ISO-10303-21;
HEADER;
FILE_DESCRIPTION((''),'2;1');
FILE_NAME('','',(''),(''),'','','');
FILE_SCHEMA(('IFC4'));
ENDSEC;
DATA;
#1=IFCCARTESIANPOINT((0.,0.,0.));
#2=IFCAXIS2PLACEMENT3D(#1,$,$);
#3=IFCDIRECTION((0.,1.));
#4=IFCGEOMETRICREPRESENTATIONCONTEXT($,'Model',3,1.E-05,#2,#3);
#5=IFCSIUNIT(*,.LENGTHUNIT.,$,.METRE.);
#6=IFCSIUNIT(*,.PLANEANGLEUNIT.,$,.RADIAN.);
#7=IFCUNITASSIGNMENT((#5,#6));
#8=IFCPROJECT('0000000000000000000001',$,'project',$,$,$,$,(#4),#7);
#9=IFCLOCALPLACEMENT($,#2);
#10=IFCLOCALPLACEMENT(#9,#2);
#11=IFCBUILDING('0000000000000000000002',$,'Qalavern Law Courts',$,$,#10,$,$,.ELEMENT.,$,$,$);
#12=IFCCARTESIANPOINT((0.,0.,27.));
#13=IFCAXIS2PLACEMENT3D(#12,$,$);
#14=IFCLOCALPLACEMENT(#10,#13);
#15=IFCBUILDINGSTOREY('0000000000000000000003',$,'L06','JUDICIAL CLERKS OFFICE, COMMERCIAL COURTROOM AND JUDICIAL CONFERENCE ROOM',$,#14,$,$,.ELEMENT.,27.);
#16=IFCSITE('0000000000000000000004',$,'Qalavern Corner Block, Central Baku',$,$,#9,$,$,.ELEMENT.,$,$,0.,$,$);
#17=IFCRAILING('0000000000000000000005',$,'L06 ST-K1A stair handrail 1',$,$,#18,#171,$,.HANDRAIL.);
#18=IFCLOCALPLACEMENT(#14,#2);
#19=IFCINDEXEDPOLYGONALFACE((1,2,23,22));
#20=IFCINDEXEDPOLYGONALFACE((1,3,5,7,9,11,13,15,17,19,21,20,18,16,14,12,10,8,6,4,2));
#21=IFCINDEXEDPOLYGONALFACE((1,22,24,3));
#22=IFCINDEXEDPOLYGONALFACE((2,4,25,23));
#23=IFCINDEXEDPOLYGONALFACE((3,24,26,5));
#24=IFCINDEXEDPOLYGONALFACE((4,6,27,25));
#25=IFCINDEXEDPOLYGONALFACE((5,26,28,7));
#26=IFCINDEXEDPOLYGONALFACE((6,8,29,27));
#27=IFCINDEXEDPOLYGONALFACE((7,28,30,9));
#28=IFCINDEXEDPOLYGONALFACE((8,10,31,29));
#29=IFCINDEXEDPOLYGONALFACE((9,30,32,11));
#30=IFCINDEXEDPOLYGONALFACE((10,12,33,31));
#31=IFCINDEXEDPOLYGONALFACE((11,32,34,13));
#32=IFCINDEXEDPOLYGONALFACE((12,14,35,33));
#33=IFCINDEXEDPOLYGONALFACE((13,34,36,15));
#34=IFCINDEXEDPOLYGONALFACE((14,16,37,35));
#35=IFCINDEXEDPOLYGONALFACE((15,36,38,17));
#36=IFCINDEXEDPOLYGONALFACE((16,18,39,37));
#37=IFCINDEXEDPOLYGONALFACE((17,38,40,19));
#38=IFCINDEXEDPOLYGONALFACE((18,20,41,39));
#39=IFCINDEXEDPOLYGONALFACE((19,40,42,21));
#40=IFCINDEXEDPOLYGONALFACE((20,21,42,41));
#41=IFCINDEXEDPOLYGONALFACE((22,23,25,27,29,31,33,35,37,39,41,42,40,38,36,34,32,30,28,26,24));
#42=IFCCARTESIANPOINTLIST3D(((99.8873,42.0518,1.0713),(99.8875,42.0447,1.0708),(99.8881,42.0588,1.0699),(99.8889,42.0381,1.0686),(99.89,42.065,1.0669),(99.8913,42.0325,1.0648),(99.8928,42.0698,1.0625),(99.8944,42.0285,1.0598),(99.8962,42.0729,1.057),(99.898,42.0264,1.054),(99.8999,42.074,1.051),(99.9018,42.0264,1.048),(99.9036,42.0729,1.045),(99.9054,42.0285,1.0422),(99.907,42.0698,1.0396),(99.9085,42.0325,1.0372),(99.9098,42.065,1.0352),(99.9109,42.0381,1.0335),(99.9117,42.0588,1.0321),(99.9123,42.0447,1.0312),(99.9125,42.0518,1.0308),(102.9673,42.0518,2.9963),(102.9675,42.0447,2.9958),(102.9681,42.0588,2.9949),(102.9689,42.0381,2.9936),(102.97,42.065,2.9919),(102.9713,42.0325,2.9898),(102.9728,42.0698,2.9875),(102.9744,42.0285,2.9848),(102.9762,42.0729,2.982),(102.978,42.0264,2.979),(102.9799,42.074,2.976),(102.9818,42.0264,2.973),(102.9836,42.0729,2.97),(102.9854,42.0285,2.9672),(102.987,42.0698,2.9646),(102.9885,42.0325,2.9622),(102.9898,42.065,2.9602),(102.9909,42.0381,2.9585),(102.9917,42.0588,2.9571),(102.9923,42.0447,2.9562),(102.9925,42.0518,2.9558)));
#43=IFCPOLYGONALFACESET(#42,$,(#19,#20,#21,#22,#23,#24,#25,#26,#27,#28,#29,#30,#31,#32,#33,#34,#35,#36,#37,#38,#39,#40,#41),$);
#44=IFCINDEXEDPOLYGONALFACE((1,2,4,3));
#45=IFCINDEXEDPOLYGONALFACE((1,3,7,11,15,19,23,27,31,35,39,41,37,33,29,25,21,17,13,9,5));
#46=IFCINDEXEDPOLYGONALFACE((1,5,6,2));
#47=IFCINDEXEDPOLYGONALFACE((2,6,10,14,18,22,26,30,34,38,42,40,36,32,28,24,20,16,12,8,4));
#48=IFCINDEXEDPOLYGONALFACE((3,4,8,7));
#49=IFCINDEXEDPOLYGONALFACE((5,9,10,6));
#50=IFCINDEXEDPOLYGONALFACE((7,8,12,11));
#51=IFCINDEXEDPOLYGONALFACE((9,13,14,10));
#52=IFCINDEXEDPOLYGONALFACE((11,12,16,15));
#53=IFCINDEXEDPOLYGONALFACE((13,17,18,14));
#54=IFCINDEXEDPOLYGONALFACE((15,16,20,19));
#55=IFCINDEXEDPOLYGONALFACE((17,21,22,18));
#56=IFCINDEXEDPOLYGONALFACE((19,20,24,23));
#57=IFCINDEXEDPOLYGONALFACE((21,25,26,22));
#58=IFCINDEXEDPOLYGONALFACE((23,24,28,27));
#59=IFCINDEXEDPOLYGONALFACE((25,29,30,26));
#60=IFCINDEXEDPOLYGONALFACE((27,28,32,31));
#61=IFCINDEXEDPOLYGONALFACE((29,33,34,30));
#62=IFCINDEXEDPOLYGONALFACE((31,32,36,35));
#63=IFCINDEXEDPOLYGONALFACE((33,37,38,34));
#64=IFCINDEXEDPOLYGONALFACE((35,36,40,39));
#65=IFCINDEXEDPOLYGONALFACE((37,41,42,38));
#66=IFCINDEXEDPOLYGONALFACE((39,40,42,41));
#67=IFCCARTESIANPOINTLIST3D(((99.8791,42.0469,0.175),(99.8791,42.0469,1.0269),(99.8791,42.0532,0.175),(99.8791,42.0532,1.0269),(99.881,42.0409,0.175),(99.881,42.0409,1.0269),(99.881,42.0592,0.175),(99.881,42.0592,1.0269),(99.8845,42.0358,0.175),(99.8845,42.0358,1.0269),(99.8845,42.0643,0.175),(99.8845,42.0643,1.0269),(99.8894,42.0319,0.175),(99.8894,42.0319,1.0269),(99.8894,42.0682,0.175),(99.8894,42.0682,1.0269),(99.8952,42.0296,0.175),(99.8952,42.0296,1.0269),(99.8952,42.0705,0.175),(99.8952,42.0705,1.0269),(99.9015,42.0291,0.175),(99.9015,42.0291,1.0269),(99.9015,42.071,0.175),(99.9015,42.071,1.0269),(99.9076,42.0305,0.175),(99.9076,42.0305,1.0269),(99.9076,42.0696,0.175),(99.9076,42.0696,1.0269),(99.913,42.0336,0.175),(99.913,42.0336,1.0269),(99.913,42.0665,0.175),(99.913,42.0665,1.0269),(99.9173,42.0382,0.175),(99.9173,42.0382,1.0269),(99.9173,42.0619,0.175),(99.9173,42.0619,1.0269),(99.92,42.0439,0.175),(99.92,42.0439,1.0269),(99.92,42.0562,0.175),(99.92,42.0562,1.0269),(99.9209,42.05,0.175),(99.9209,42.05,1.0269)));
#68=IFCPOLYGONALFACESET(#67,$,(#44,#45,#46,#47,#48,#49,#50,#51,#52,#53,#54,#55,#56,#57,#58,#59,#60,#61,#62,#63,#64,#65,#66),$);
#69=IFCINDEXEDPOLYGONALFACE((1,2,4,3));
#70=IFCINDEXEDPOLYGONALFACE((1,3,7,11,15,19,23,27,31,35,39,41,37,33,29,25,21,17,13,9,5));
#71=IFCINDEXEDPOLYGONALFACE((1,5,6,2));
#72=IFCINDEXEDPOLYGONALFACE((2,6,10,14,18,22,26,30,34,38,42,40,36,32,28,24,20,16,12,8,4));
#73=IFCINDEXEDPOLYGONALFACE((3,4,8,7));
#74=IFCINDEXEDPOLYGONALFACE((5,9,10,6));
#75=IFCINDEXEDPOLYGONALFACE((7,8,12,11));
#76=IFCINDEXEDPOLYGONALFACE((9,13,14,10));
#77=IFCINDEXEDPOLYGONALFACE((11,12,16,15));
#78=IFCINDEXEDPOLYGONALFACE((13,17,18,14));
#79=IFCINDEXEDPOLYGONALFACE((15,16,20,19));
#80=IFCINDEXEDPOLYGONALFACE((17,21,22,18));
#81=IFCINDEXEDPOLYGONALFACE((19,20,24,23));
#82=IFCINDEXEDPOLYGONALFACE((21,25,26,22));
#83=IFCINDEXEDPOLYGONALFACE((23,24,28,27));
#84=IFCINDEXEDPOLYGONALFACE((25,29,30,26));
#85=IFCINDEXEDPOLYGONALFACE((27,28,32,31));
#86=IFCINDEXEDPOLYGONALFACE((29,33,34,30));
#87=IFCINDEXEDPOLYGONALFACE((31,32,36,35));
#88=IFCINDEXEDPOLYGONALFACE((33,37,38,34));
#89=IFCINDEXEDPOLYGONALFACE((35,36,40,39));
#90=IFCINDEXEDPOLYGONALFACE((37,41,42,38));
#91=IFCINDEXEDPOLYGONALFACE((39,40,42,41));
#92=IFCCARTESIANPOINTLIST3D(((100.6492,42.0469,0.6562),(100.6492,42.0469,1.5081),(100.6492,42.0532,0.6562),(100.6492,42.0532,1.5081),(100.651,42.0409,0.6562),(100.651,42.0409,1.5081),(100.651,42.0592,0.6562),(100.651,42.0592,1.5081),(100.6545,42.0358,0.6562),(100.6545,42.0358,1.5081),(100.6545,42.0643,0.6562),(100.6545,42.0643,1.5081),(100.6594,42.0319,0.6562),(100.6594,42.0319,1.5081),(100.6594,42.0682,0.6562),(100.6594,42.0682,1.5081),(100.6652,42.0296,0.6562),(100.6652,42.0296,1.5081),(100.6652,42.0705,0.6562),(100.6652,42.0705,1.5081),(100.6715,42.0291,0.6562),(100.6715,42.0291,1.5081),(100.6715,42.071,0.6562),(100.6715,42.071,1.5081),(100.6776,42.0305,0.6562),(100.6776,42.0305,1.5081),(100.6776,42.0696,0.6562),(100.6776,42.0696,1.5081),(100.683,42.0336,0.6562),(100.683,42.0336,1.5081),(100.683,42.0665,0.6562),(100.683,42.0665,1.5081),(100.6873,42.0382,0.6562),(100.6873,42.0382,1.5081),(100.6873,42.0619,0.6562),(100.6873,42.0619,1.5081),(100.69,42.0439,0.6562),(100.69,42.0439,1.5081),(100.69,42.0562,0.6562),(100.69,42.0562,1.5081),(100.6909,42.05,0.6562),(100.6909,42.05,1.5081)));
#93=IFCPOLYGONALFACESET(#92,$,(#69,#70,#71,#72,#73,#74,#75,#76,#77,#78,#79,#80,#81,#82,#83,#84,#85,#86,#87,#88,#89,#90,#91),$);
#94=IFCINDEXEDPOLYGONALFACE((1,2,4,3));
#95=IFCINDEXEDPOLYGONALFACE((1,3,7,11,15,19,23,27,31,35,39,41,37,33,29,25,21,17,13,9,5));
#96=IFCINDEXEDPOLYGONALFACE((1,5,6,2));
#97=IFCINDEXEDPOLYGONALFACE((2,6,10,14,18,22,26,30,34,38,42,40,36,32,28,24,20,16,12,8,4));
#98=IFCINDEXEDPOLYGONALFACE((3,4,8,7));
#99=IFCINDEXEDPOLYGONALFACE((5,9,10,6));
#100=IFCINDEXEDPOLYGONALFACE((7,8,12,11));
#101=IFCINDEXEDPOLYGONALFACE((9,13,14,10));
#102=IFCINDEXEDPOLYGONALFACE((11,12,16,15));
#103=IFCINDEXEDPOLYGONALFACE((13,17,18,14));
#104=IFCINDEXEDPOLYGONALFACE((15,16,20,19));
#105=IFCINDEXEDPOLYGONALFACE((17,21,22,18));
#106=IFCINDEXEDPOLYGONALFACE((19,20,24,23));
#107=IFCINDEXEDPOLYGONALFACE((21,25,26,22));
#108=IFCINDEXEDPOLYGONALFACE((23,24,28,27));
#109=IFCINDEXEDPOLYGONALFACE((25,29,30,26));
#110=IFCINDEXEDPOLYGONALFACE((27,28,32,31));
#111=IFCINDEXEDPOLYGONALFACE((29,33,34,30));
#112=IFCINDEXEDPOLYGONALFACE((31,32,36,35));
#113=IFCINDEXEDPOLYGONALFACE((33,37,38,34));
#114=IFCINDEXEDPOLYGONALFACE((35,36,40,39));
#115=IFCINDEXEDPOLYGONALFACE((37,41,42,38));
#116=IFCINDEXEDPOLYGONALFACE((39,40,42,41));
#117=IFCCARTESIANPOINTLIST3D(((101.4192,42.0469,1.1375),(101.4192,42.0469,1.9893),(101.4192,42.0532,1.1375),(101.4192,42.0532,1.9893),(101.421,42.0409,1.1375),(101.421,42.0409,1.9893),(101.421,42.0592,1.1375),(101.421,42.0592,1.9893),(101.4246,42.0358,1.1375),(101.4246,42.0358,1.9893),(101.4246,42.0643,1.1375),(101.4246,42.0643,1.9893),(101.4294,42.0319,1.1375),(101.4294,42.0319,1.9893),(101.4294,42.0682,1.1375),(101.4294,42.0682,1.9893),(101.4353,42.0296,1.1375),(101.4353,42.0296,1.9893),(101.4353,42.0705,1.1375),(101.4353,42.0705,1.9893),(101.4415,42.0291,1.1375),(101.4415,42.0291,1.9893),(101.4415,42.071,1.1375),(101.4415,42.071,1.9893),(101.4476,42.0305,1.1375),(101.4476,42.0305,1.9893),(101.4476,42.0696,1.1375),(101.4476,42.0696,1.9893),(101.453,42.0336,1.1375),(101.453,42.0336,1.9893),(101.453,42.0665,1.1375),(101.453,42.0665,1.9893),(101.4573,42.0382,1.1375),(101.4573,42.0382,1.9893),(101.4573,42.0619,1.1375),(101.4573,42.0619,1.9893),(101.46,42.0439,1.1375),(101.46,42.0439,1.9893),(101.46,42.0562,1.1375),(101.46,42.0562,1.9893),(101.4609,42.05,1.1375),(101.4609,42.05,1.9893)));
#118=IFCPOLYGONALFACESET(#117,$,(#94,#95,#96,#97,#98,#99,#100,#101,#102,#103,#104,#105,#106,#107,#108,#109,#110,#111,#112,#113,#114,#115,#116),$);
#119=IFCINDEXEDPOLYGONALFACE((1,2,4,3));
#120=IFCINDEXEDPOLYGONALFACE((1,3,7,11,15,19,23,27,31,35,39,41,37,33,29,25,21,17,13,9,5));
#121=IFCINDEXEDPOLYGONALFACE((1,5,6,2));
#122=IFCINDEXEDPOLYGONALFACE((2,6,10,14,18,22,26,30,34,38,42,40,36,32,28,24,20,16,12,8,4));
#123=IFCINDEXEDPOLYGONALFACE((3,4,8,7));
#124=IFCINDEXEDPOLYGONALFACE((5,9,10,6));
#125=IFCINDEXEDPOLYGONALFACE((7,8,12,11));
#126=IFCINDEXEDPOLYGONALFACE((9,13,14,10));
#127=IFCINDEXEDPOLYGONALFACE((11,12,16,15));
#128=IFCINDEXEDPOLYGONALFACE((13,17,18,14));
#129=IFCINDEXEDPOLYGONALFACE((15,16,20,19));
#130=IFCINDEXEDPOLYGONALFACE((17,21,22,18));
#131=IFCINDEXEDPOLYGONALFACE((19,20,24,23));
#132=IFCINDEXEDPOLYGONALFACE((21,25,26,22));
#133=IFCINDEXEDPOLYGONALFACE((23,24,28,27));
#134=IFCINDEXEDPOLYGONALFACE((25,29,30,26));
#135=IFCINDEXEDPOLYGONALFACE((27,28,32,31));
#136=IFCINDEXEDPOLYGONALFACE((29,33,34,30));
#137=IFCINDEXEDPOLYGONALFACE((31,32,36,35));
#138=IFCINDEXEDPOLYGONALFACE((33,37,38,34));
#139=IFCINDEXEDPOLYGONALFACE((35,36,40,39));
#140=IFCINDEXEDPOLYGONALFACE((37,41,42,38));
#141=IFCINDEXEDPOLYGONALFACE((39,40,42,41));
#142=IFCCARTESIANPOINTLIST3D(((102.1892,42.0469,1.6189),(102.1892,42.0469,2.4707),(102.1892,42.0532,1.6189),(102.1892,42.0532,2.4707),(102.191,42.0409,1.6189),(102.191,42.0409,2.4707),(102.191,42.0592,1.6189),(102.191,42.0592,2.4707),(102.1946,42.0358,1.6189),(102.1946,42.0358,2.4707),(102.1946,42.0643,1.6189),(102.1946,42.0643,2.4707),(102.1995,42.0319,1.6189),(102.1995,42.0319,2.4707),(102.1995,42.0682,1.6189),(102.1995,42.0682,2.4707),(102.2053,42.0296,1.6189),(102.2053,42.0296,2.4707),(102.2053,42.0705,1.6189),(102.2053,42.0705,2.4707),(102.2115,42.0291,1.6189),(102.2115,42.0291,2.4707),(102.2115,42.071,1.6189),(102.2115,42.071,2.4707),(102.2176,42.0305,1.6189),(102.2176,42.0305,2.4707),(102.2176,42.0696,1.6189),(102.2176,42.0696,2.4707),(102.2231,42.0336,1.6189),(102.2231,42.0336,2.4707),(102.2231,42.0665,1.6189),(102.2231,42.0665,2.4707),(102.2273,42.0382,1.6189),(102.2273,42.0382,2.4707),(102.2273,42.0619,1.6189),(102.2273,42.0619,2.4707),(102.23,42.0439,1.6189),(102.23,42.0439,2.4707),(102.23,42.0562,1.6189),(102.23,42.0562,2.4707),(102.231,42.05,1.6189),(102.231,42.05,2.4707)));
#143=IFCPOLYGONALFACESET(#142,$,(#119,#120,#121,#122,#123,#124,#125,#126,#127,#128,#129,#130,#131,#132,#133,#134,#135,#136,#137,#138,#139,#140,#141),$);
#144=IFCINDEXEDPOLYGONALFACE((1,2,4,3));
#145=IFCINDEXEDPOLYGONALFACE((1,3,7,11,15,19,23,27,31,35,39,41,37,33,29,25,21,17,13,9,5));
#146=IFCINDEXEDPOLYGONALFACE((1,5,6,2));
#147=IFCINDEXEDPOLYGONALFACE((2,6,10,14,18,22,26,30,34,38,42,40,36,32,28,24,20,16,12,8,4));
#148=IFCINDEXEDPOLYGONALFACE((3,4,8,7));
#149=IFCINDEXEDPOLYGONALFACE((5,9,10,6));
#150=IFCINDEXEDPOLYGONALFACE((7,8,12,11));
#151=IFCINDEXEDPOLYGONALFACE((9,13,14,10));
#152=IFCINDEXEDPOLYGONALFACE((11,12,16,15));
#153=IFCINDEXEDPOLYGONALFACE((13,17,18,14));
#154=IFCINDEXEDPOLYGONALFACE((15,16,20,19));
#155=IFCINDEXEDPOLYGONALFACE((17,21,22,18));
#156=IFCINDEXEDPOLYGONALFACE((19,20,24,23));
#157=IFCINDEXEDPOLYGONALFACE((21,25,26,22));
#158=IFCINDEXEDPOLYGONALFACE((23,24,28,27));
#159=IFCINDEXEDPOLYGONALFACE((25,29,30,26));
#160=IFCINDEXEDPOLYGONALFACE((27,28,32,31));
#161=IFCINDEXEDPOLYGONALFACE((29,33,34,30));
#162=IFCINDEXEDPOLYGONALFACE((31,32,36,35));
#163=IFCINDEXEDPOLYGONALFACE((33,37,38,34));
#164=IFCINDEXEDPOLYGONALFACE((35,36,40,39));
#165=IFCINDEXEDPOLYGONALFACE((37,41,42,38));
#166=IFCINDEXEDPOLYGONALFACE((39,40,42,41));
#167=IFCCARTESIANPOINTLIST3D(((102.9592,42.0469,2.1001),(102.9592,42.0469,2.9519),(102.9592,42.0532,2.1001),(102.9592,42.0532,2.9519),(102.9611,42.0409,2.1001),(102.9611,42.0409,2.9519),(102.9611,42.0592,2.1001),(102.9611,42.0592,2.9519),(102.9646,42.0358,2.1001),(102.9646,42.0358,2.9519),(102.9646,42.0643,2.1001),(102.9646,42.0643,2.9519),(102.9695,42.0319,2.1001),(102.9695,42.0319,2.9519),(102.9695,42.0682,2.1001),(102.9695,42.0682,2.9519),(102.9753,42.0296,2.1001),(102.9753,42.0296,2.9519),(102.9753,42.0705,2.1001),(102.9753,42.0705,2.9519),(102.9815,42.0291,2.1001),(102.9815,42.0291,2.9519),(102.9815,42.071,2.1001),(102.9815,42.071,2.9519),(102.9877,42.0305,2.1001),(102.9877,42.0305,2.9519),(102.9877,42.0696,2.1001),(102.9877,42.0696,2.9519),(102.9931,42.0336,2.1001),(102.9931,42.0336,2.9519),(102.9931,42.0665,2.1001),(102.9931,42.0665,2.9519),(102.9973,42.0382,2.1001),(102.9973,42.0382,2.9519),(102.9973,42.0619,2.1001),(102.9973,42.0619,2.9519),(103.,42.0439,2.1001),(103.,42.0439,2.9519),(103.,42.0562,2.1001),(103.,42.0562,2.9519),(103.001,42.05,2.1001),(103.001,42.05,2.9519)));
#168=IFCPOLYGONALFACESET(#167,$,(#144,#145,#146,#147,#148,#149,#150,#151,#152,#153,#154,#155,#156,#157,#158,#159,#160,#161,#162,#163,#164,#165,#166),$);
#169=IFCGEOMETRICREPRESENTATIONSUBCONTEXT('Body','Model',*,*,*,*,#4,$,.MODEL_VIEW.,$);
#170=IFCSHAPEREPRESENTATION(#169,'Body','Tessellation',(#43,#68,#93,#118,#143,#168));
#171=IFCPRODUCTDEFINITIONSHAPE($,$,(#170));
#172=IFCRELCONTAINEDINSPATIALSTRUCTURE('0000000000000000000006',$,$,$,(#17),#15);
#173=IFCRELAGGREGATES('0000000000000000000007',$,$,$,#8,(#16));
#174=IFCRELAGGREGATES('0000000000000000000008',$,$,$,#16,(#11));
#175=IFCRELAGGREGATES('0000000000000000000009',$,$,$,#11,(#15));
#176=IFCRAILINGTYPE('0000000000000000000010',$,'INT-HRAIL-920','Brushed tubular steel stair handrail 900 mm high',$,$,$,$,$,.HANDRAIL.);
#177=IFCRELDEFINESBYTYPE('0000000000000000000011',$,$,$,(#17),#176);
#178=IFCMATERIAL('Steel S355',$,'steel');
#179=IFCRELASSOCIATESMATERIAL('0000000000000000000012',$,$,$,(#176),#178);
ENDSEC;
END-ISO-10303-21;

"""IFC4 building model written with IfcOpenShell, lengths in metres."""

from ifc_helpers import new_model, si_unit, direction, frame, origin, origin_2d, place, context, subcontext, project, spatial, circle, extrude, material, type_object, element, save


model = new_model("IFC4")

# Units and contexts
model_context = context("Model", 3, precision=1e-05, world=origin(), true_north=direction((0.0, 1.0)))
body_context = subcontext(model_context, "Body", "Model", "MODEL_VIEW")
ifc_project = project(units=[si_unit("LENGTHUNIT", "METRE"), si_unit("PLANEANGLEUNIT", "RADIAN")], contexts=[model_context])

# Site, building, storey
site_placement = place(None, origin())
site = spatial("IfcSite", under=ifc_project, at=site_placement, Name="Qalavern Corner Block, Central Baku", CompositionType="ELEMENT", RefElevation=0.0)
building_placement = place(site_placement, origin())
building = spatial("IfcBuilding", under=site, at=building_placement, Name="Qalavern Law Courts", CompositionType="ELEMENT")
storey_placement = place(building_placement, frame((0.0, 0.0, 27.0)))
storey = spatial("IfcBuildingStorey", under=building, at=storey_placement, Name="L06", Description="JUDICIAL CLERKS OFFICE, COMMERCIAL COURTROOM AND JUDICIAL CONFERENCE ROOM", CompositionType="ELEMENT", Elevation=27.0)

# Shared definitions
ifc_material_1 = material(Name="Steel S355", Category="steel")

# Railing
railing_type_1 = type_object("IfcRailingType", Name="INT-HRAIL-920", Description="Brushed tubular steel stair handrail 900 mm high", PredefinedType="HANDRAIL", material=ifc_material_1)
railing_1_placement = place(storey_placement, frame((99.8999, 42.05, 0.175)))
element("IfcRailing", 1, at=railing_1_placement, inside=storey, type_object=railing_type_1, Name="L06 ST-K1A stair handrail 1", PredefinedType="HANDRAIL", context=body_context, shape_type="SweptSolid", body=[
    extrude(circle(Radius=0.0239, at=origin_2d()), frame((0.0, 0.0, 0.876), z_axis=(0.847998, 0.0, 0.529999), x_axis=(0.0, 1.0, 0.0)), (0.0, 0.0, 1.0), 3.6321),
    extrude(circle(Radius=0.021, at=origin_2d()), origin(), (0.0, 0.0, 1.0), 0.8518),
    extrude(circle(Radius=0.021, at=origin_2d()), frame((0.77, 0.0, 0.4812)), (0.0, 0.0, 1.0), 0.8518),
    extrude(circle(Radius=0.021, at=origin_2d()), frame((1.54, 0.0, 0.9624)), (0.0, 0.0, 1.0), 0.8518),
    extrude(circle(Radius=0.021, at=origin_2d()), frame((2.3101, 0.0, 1.4438)), (0.0, 0.0, 1.0), 0.8518),
    extrude(circle(Radius=0.021, at=origin_2d()), frame((3.0801, 0.0, 1.925)), (0.0, 0.0, 1.0), 0.8518),
])

save(model, "model.ifc")
